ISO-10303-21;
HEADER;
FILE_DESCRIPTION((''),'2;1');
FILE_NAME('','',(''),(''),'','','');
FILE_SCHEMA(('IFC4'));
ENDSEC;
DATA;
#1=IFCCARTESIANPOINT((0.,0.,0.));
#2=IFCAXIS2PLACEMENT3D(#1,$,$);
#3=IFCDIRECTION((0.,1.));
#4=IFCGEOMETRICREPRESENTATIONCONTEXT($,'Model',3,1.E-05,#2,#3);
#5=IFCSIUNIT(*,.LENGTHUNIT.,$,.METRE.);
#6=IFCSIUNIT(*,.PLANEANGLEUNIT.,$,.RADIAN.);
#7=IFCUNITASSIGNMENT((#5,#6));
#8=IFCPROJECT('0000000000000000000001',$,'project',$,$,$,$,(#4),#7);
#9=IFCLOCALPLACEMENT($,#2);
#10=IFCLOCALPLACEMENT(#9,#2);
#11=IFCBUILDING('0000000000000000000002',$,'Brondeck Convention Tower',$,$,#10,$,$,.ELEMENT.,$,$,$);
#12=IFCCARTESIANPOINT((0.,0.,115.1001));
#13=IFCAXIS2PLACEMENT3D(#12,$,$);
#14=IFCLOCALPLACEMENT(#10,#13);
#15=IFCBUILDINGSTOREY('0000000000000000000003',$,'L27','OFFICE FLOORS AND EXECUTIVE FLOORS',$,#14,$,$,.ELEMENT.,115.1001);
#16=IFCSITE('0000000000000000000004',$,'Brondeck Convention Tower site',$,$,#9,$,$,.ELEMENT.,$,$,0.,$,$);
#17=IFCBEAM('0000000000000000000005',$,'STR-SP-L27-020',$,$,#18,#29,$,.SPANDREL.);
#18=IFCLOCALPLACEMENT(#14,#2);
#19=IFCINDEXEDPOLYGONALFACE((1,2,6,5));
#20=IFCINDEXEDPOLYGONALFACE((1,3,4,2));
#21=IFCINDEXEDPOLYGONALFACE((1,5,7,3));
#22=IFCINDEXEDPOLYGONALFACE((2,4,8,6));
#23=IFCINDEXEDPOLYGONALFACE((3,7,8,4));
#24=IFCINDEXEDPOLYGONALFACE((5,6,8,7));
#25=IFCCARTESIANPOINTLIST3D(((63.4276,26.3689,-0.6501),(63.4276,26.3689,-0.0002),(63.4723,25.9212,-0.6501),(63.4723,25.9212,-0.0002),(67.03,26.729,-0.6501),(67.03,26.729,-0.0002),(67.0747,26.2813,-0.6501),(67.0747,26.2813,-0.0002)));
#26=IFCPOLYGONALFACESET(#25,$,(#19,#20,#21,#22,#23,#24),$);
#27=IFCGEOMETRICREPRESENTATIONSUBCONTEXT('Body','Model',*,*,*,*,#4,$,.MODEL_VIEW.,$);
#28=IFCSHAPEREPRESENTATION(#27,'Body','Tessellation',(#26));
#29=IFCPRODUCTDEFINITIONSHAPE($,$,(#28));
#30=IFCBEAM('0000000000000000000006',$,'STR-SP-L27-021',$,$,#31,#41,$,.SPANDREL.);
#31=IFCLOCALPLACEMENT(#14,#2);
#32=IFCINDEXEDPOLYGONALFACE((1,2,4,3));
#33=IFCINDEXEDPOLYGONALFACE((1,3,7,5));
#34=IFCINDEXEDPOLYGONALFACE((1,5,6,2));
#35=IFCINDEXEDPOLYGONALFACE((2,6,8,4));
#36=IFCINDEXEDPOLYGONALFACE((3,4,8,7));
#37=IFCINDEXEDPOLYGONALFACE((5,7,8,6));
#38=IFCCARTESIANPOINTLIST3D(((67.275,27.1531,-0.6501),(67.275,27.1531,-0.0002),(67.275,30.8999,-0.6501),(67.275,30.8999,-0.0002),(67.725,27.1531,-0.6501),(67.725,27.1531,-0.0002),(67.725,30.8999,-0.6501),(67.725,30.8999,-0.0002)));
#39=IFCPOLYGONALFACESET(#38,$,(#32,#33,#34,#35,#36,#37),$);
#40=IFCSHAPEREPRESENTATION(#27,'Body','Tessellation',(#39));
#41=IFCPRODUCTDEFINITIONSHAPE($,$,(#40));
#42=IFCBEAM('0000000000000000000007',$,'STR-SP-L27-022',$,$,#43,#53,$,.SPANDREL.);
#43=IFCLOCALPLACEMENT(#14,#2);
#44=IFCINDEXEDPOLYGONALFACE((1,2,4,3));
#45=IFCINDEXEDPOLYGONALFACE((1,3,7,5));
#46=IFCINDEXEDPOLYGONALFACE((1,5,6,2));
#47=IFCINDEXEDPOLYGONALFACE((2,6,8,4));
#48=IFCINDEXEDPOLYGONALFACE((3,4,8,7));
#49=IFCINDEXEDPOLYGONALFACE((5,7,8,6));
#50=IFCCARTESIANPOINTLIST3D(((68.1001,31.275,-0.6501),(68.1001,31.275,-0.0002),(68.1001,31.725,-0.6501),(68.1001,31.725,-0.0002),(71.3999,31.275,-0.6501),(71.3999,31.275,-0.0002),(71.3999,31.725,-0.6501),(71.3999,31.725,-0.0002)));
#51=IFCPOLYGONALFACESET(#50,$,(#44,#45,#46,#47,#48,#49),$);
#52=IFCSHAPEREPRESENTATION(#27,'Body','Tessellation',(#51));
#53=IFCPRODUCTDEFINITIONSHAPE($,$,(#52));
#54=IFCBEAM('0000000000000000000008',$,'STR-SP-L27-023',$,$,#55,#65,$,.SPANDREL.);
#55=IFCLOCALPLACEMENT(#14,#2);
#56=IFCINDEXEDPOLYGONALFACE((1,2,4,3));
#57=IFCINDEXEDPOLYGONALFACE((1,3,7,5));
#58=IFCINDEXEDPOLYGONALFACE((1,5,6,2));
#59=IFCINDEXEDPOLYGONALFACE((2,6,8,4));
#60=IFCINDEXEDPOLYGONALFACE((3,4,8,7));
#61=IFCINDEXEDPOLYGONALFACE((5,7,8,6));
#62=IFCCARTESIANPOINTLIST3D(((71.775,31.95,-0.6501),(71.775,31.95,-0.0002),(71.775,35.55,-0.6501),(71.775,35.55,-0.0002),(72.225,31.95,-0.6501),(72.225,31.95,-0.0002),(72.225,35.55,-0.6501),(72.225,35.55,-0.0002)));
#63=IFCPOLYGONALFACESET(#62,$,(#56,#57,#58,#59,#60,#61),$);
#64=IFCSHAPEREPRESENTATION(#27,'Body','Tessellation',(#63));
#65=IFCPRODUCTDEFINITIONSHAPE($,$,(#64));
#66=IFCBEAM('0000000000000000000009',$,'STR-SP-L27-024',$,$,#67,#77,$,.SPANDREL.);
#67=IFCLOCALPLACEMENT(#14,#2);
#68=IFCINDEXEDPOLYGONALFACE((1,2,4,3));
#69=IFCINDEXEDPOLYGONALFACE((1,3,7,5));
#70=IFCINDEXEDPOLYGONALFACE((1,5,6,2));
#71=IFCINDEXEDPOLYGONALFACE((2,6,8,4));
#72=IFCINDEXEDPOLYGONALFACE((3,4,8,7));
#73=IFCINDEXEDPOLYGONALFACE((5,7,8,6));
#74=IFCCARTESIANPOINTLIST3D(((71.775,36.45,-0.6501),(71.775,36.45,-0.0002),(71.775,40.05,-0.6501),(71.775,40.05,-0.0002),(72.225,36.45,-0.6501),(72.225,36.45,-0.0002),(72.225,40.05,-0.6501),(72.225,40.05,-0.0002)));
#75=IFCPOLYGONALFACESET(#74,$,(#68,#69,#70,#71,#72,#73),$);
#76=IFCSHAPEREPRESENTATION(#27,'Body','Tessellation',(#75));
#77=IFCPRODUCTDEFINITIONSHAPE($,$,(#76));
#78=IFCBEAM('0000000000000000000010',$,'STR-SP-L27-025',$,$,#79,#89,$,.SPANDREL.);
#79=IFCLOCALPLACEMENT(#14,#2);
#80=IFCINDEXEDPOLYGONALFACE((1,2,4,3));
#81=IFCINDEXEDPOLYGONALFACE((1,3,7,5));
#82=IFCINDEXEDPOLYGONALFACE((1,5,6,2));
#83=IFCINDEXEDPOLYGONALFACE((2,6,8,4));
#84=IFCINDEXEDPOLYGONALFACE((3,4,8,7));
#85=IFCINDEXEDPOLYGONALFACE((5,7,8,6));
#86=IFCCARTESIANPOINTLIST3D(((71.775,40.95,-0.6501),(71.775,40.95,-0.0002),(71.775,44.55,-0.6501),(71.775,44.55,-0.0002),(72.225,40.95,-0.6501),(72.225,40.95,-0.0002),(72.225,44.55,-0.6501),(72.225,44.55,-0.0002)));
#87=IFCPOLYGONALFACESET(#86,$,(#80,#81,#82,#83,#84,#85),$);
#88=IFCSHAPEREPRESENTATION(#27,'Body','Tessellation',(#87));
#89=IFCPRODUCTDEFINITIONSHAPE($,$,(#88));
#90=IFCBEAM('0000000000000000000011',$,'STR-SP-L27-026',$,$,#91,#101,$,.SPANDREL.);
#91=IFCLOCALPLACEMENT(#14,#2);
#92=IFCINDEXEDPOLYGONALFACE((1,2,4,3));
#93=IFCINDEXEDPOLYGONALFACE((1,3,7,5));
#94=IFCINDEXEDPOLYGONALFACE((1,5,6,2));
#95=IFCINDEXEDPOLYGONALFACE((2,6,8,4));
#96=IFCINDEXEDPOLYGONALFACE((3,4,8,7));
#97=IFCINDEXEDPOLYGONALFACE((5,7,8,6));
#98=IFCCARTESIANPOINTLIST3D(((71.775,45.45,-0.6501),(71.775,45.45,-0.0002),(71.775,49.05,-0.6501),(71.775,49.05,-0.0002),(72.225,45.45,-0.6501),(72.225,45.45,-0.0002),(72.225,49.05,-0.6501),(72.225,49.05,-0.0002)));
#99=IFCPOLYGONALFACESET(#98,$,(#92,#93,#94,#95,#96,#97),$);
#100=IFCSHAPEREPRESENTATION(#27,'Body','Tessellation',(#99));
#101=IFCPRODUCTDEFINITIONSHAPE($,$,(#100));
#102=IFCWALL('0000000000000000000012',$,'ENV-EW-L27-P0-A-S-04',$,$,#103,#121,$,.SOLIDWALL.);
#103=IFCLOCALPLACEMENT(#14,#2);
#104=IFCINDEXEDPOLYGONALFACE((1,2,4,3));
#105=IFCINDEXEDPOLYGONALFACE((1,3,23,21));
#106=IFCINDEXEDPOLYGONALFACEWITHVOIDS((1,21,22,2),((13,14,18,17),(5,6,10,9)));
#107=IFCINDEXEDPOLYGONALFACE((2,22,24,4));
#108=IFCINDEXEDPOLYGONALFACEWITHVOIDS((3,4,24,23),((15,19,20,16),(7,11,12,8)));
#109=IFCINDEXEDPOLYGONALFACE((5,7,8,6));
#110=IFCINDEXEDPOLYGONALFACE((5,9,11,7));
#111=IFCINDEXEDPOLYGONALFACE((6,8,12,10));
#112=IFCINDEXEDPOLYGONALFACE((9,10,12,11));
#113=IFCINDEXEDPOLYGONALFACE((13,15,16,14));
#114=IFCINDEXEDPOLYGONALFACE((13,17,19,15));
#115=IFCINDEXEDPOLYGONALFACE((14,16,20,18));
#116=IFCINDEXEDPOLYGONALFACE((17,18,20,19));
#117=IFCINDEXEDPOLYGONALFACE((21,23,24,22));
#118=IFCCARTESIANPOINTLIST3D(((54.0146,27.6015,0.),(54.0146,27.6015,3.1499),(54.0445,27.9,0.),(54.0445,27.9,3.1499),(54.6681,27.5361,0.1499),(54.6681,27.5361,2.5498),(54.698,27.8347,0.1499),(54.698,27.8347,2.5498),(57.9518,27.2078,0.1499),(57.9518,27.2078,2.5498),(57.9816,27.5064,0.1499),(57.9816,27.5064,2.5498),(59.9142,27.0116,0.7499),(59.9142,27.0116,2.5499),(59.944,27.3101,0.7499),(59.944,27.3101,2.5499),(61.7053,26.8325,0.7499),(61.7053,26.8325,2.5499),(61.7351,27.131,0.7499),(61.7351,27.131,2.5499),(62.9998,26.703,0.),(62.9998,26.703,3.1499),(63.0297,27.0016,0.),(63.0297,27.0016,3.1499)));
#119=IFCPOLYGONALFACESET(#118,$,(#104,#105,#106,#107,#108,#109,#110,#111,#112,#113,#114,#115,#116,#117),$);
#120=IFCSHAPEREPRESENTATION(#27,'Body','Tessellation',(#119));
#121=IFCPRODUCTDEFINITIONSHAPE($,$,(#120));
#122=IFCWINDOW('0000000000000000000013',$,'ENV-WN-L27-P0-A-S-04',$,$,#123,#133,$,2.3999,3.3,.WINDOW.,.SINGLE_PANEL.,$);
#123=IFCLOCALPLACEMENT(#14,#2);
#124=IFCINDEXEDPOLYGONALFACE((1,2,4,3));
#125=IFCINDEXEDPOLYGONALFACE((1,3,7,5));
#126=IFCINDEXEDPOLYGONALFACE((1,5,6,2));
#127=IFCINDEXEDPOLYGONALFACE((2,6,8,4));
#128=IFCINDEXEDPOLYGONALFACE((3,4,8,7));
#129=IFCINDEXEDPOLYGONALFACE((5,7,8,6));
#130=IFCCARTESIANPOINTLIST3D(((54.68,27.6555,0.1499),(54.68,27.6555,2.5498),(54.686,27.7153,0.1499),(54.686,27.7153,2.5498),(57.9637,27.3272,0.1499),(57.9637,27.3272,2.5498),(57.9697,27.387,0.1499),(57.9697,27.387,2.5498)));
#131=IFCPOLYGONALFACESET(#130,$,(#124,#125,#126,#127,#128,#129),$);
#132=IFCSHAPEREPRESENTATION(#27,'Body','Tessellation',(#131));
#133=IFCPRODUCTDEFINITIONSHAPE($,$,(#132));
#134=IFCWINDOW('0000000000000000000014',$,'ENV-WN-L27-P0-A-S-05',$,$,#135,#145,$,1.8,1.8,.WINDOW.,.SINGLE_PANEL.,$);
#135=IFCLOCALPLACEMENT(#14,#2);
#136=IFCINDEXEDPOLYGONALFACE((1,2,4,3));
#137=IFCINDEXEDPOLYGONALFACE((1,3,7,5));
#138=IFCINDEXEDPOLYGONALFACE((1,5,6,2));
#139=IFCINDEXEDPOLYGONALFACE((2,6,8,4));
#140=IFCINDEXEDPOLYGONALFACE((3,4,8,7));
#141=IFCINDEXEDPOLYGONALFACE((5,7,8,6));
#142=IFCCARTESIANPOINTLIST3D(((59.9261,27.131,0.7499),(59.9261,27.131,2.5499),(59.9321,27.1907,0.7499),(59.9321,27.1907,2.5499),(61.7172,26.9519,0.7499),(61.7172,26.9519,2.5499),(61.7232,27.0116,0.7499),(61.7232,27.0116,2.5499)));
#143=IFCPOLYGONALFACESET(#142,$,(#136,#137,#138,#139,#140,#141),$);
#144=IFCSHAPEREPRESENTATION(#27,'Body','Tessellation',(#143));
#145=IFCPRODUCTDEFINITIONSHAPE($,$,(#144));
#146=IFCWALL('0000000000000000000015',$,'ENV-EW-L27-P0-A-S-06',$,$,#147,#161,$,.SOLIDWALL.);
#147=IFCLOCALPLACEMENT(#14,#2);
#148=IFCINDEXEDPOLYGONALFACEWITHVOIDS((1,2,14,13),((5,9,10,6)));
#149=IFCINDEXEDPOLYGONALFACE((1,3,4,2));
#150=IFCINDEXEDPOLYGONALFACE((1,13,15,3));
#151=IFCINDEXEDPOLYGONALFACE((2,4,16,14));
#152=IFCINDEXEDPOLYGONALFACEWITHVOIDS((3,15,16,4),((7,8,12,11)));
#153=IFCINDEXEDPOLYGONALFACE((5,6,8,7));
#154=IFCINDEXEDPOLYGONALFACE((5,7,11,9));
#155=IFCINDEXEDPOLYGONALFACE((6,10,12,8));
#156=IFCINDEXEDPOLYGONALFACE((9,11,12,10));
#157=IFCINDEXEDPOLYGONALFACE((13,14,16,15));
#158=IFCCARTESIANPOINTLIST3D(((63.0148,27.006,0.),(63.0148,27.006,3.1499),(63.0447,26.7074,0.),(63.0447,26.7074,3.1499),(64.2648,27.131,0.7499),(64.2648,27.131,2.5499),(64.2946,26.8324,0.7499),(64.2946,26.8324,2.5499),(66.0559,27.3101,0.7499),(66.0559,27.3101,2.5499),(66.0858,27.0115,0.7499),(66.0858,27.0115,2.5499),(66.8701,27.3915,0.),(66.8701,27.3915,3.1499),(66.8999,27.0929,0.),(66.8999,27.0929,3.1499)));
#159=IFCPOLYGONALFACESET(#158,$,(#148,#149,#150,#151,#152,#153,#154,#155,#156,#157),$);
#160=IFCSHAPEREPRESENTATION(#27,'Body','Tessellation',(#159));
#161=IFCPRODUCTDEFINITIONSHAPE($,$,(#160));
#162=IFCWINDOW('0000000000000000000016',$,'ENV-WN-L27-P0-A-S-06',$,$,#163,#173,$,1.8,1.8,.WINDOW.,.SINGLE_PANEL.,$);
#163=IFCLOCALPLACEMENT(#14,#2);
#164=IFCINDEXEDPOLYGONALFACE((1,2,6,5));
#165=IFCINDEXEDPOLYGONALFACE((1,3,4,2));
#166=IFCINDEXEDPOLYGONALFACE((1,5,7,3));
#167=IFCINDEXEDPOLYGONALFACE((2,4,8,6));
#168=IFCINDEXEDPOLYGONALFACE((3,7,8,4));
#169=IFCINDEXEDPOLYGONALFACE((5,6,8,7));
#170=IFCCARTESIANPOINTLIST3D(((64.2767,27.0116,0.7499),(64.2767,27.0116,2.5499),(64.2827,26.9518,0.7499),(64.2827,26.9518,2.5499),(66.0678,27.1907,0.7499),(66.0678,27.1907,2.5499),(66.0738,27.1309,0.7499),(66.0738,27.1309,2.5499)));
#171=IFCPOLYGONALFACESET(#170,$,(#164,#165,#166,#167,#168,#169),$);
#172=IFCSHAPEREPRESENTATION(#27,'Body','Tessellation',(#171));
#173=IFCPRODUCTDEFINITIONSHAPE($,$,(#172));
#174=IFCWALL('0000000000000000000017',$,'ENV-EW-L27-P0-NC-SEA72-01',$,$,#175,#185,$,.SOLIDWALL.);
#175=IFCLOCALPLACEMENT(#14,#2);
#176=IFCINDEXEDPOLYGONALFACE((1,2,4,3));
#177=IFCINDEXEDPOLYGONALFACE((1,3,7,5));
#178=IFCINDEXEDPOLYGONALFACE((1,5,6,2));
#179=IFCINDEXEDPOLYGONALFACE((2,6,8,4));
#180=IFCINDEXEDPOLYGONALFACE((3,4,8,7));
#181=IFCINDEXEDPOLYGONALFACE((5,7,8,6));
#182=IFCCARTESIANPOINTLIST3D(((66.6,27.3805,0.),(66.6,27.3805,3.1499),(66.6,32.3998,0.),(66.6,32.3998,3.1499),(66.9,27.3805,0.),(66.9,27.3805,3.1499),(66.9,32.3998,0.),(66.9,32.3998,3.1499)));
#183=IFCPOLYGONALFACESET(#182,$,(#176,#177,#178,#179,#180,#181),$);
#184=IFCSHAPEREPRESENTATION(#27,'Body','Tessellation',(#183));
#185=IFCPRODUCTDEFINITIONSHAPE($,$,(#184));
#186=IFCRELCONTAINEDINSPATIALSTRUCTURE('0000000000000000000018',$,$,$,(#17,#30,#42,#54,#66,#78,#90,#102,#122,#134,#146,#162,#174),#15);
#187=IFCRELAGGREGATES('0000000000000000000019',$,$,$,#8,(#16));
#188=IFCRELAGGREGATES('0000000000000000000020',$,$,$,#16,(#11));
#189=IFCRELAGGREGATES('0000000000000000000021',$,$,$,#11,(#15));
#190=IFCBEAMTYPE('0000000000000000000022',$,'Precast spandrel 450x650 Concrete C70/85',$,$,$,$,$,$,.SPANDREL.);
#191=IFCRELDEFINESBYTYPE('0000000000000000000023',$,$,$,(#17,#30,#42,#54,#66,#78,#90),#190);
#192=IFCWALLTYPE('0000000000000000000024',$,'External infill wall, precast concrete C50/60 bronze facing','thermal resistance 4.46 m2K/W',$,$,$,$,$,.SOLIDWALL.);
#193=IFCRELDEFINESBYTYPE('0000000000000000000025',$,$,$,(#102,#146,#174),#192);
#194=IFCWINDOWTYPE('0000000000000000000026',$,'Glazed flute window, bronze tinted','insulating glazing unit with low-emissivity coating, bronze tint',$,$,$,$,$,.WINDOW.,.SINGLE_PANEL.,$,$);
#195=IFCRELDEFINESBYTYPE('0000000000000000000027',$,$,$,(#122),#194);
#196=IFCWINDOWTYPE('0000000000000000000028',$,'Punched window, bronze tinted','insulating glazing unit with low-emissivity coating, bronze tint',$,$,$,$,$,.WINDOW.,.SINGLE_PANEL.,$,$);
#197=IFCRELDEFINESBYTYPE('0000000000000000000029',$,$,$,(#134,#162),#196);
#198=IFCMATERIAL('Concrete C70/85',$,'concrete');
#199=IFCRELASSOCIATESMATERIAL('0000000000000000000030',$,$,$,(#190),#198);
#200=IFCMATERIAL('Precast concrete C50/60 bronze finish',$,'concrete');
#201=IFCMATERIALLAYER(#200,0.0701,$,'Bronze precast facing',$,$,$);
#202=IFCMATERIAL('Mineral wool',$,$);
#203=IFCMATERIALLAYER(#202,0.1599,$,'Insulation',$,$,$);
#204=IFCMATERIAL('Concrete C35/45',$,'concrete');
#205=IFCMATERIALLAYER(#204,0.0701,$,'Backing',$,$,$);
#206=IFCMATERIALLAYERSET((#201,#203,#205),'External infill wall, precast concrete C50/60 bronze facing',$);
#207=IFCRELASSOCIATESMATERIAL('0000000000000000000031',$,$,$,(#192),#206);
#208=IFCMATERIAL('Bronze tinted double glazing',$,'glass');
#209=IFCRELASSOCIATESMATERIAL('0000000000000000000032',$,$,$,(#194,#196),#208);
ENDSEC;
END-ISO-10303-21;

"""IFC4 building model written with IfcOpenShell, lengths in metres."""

from ifc_helpers import new_model, si_unit, direction, frame, frame_2d, origin, origin_2d, place, context, subcontext, project, spatial, rectangle, extrude, material, layer, layer_set, material_profile, profile_set, type_object, element, fill, save


model = new_model("IFC4")

# Units and contexts
model_context = context("Model", 3, precision=1e-05, world=origin(), true_north=direction((0.0, 1.0)))
body_context = subcontext(model_context, "Body", "Model", "MODEL_VIEW")
ifc_project = project(units=[si_unit("LENGTHUNIT", "METRE"), si_unit("PLANEANGLEUNIT", "RADIAN")], contexts=[model_context])

# Site, building, storey
site_placement = place(None, origin())
site = spatial("IfcSite", under=ifc_project, at=site_placement, Name="Brondeck Convention Tower site", CompositionType="ELEMENT", RefElevation=0.0)
building_placement = place(site_placement, origin())
building = spatial("IfcBuilding", under=site, at=building_placement, Name="Brondeck Convention Tower", CompositionType="ELEMENT")
storey_placement = place(building_placement, frame((0.0, 0.0, 115.1001)))
storey = spatial("IfcBuildingStorey", under=building, at=storey_placement, Name="L27", Description="OFFICE FLOORS AND EXECUTIVE FLOORS", CompositionType="ELEMENT", Elevation=115.1001)

# Shared definitions
ifc_material_1 = material(Name="Concrete C70/85", Category="concrete")

# Beams
ifc_material_profile_1 = material_profile(ifc_material_1, rectangle(XDim=0.45, YDim=0.6499, at=origin_2d()), Name="Precast spandrel 450x650 Concrete C70/85")
ifc_profile_set_1 = profile_set([ifc_material_profile_1], Name="Concrete C70/85")
beam_type_1 = type_object("IfcBeamType", Name="Precast spandrel 450x650 Concrete C70/85", PredefinedType="SPANDREL", material=ifc_profile_set_1)
beam_1_placement = place(storey_placement, frame((63.45, 26.145, -0.3252), z_axis=(0.995041, 0.09947, 0.0), x_axis=(-0.09947, 0.995041, 0.0)))
element("IfcBeam", 1, at=beam_1_placement, inside=storey, type_object=beam_type_1, Name="STR-SP-L27-020", PredefinedType="SPANDREL", context=body_context, shape_type="SweptSolid", body=[
    extrude(rectangle(XDim=0.45, YDim=0.6499, at=origin_2d()), origin(), (0.0, 0.0, 1.0), 3.6204),
])
beam_2_placement = place(storey_placement, frame((67.5, 27.1531, -0.3252), z_axis=(0.0, 1.0, 0.0), x_axis=(-1.0, 0.0, 0.0)))
element("IfcBeam", 2, at=beam_2_placement, inside=storey, type_object=beam_type_1, Name="STR-SP-L27-021", PredefinedType="SPANDREL", context=body_context, shape_type="SweptSolid", body=[
    extrude(rectangle(XDim=0.45, YDim=0.6499, at=origin_2d()), origin(), (0.0, 0.0, 1.0), 3.7468),
])
beam_3_placement = place(storey_placement, frame((68.1001, 31.5, -0.3252), z_axis=(1.0, 0.0, 0.0), x_axis=(0.0, 1.0, 0.0)))
element("IfcBeam", 3, at=beam_3_placement, inside=storey, type_object=beam_type_1, Name="STR-SP-L27-022", PredefinedType="SPANDREL", context=body_context, shape_type="SweptSolid", body=[
    extrude(rectangle(XDim=0.45, YDim=0.6499, at=origin_2d()), origin(), (0.0, 0.0, 1.0), 3.2998),
])
for number, where, z_axis, x_axis, name in (
    (4, (72.0, 31.95, -0.3252), (0.0, 1.0, 0.0), (-1.0, 0.0, 0.0), "STR-SP-L27-023"),
    (5, (72.0, 36.45, -0.3252), (0.0, 1.0, 0.0), (-1.0, 0.0, 0.0), "STR-SP-L27-024"),
    (6, (72.0, 40.95, -0.3252), (0.0, 1.0, 0.0), (-1.0, 0.0, 0.0), "STR-SP-L27-025"),
    (7, (72.0, 45.45, -0.3252), (0.0, 1.0, 0.0), (-1.0, 0.0, 0.0), "STR-SP-L27-026"),
):
    element("IfcBeam", number, at=place(storey_placement, frame(where, z_axis=z_axis, x_axis=x_axis)), inside=storey, type_object=beam_type_1, Name=name, PredefinedType="SPANDREL", context=body_context, shape_type="SweptSolid", body=[
        extrude(rectangle(XDim=0.45, YDim=0.6499, at=origin_2d()), origin(), (0.0, 0.0, 1.0), 3.6001),
    ])

# Wall, openings, windows
ifc_material_2 = material(Name="Precast concrete C50/60 bronze finish", Category="concrete")
ifc_layer_1 = layer(ifc_material_2, 0.0701, Name="Bronze precast facing")
ifc_material_3 = material(Name="Mineral wool")
ifc_layer_2 = layer(ifc_material_3, 0.1599, Name="Insulation")
ifc_material_4 = material(Name="Concrete C35/45", Category="concrete")
ifc_layer_3 = layer(ifc_material_4, 0.0701, Name="Backing")
ifc_layer_set_1 = layer_set([ifc_layer_1, ifc_layer_2, ifc_layer_3], Name="External infill wall, precast concrete C50/60 bronze facing")
wall_type_1 = type_object("IfcWallType", Name="External infill wall, precast concrete C50/60 bronze facing", Description="thermal resistance 4.46 m2K/W", PredefinedType="SOLIDWALL", material=ifc_layer_set_1)
wall_1_placement = place(storey_placement, frame((63.0149, 26.8523, 0.0), z_axis=(0.0, 0.0, 1.0), x_axis=(-0.995038, 0.099496, 0.0)))
wall_1 = element("IfcWall", 8, at=wall_1_placement, inside=storey, type_object=wall_type_1, Name="ENV-EW-L27-P0-A-S-04", PredefinedType="SOLIDWALL", context=body_context, shape_type="SweptSolid", body=[
    extrude(rectangle(XDim=9.03, YDim=0.3, at=frame_2d((4.5151, 0.0))), origin(), (0.0, 0.0, 1.0), 3.1499),
])
opening_1_placement = place(wall_1_placement, frame((1.3013, 0.0, 0.75)))
opening_1 = element("IfcOpeningElement", 9, at=opening_1_placement, cuts=wall_1, PredefinedType="OPENING", context=body_context, shape_type="SweptSolid", body=[
    extrude(rectangle(XDim=1.8, YDim=1.8, at=frame_2d((0.8999, 0.8999))), frame((0.0, 0.1599, 0.0), z_axis=(0.0, -1.0, 0.0), x_axis=(1.0, 0.0, 0.0)), (0.0, 0.0, 1.0), 0.3201),
])
opening_2_placement = place(wall_1_placement, frame((5.0735, 0.0, 0.1499)))
opening_2 = element("IfcOpeningElement", 10, at=opening_2_placement, cuts=wall_1, PredefinedType="OPENING", context=body_context, shape_type="SweptSolid", body=[
    extrude(rectangle(XDim=3.3, YDim=2.3999, at=frame_2d((1.6499, 1.2))), frame((0.0, 0.1599, 0.0), z_axis=(0.0, -1.0, 0.0), x_axis=(1.0, 0.0, 0.0)), (0.0, 0.0, 1.0), 0.3201),
])
ifc_material_5 = material(Name="Bronze tinted double glazing", Category="glass")
window_type_1 = type_object("IfcWindowType", Name="Glazed flute window, bronze tinted", Description="insulating glazing unit with low-emissivity coating, bronze tint", PartitioningType="SINGLE_PANEL", PredefinedType="WINDOW", material=ifc_material_5)
window_1_placement = place(opening_2_placement, origin())
window_1 = element("IfcWindow", 11, at=window_1_placement, inside=storey, type_object=window_type_1, Name="ENV-WN-L27-P0-A-S-04", OverallHeight=2.3999, OverallWidth=3.3, PartitioningType="SINGLE_PANEL", PredefinedType="WINDOW", context=body_context, shape_type="SweptSolid", body=[
    extrude(rectangle(XDim=3.3, YDim=2.3999, at=frame_2d((1.6499, 1.2))), frame((0.0, 0.03, 0.0), z_axis=(0.0, -1.0, 0.0), x_axis=(1.0, 0.0, 0.0)), (0.0, 0.0, 1.0), 0.0601),
])
fill(opening_2, window_1)
window_type_2 = type_object("IfcWindowType", Name="Punched window, bronze tinted", Description="insulating glazing unit with low-emissivity coating, bronze tint", PartitioningType="SINGLE_PANEL", PredefinedType="WINDOW", material=ifc_material_5)
window_2_placement = place(opening_1_placement, origin())
window_2 = element("IfcWindow", 12, at=window_2_placement, inside=storey, type_object=window_type_2, Name="ENV-WN-L27-P0-A-S-05", OverallHeight=1.8, OverallWidth=1.8, PartitioningType="SINGLE_PANEL", PredefinedType="WINDOW", context=body_context, shape_type="SweptSolid", body=[
    extrude(rectangle(XDim=1.8, YDim=1.8, at=frame_2d((0.8999, 0.8999))), frame((0.0, 0.03, 0.0), z_axis=(0.0, -1.0, 0.0), x_axis=(1.0, 0.0, 0.0)), (0.0, 0.0, 1.0), 0.0601),
])
fill(opening_1, window_2)

# Wall, opening, window
wall_2_placement = place(storey_placement, frame((66.885, 27.2422, 0.0), z_axis=(0.0, 0.0, 1.0), x_axis=(-0.995038, -0.099497, 0.0)))
wall_2 = element("IfcWall", 13, at=wall_2_placement, inside=storey, type_object=wall_type_1, Name="ENV-EW-L27-P0-A-S-06", PredefinedType="SOLIDWALL", context=body_context, shape_type="SweptSolid", body=[
    extrude(rectangle(XDim=3.8745, YDim=0.3, at=frame_2d((1.9373, 0.0))), origin(), (0.0, 0.0, 1.0), 3.1499),
])
opening_3_placement = place(wall_2_placement, frame((0.8184, 0.0, 0.75)))
opening_3 = element("IfcOpeningElement", 14, at=opening_3_placement, cuts=wall_2, PredefinedType="OPENING", context=body_context, shape_type="SweptSolid", body=[
    extrude(rectangle(XDim=1.8, YDim=1.8, at=frame_2d((0.8999, 0.8999))), frame((0.0, 0.1599, 0.0), z_axis=(0.0, -1.0, 0.0), x_axis=(1.0, 0.0, 0.0)), (0.0, 0.0, 1.0), 0.3201),
])
window_3_placement = place(opening_3_placement, origin())
window_3 = element("IfcWindow", 15, at=window_3_placement, inside=storey, type_object=window_type_2, Name="ENV-WN-L27-P0-A-S-06", OverallHeight=1.8, OverallWidth=1.8, PartitioningType="SINGLE_PANEL", PredefinedType="WINDOW", context=body_context, shape_type="SweptSolid", body=[
    extrude(rectangle(XDim=1.8, YDim=1.8, at=frame_2d((0.8999, 0.8999))), frame((0.0, 0.03, 0.0), z_axis=(0.0, -1.0, 0.0), x_axis=(1.0, 0.0, 0.0)), (0.0, 0.0, 1.0), 0.0601),
])
fill(opening_3, window_3)

# Wall
wall_3_placement = place(storey_placement, frame((66.75, 32.3999, 0.0), z_axis=(0.0, 0.0, 1.0), x_axis=(0.0, -1.0, 0.0)))
element("IfcWall", 16, at=wall_3_placement, inside=storey, type_object=wall_type_1, Name="ENV-EW-L27-P0-NC-SEA72-01", PredefinedType="SOLIDWALL", context=body_context, shape_type="SweptSolid", body=[
    extrude(rectangle(XDim=5.0193, YDim=0.3, at=frame_2d((2.5098, 0.0))), origin(), (0.0, 0.0, 1.0), 3.1499),
])

save(model, "model.ifc")
